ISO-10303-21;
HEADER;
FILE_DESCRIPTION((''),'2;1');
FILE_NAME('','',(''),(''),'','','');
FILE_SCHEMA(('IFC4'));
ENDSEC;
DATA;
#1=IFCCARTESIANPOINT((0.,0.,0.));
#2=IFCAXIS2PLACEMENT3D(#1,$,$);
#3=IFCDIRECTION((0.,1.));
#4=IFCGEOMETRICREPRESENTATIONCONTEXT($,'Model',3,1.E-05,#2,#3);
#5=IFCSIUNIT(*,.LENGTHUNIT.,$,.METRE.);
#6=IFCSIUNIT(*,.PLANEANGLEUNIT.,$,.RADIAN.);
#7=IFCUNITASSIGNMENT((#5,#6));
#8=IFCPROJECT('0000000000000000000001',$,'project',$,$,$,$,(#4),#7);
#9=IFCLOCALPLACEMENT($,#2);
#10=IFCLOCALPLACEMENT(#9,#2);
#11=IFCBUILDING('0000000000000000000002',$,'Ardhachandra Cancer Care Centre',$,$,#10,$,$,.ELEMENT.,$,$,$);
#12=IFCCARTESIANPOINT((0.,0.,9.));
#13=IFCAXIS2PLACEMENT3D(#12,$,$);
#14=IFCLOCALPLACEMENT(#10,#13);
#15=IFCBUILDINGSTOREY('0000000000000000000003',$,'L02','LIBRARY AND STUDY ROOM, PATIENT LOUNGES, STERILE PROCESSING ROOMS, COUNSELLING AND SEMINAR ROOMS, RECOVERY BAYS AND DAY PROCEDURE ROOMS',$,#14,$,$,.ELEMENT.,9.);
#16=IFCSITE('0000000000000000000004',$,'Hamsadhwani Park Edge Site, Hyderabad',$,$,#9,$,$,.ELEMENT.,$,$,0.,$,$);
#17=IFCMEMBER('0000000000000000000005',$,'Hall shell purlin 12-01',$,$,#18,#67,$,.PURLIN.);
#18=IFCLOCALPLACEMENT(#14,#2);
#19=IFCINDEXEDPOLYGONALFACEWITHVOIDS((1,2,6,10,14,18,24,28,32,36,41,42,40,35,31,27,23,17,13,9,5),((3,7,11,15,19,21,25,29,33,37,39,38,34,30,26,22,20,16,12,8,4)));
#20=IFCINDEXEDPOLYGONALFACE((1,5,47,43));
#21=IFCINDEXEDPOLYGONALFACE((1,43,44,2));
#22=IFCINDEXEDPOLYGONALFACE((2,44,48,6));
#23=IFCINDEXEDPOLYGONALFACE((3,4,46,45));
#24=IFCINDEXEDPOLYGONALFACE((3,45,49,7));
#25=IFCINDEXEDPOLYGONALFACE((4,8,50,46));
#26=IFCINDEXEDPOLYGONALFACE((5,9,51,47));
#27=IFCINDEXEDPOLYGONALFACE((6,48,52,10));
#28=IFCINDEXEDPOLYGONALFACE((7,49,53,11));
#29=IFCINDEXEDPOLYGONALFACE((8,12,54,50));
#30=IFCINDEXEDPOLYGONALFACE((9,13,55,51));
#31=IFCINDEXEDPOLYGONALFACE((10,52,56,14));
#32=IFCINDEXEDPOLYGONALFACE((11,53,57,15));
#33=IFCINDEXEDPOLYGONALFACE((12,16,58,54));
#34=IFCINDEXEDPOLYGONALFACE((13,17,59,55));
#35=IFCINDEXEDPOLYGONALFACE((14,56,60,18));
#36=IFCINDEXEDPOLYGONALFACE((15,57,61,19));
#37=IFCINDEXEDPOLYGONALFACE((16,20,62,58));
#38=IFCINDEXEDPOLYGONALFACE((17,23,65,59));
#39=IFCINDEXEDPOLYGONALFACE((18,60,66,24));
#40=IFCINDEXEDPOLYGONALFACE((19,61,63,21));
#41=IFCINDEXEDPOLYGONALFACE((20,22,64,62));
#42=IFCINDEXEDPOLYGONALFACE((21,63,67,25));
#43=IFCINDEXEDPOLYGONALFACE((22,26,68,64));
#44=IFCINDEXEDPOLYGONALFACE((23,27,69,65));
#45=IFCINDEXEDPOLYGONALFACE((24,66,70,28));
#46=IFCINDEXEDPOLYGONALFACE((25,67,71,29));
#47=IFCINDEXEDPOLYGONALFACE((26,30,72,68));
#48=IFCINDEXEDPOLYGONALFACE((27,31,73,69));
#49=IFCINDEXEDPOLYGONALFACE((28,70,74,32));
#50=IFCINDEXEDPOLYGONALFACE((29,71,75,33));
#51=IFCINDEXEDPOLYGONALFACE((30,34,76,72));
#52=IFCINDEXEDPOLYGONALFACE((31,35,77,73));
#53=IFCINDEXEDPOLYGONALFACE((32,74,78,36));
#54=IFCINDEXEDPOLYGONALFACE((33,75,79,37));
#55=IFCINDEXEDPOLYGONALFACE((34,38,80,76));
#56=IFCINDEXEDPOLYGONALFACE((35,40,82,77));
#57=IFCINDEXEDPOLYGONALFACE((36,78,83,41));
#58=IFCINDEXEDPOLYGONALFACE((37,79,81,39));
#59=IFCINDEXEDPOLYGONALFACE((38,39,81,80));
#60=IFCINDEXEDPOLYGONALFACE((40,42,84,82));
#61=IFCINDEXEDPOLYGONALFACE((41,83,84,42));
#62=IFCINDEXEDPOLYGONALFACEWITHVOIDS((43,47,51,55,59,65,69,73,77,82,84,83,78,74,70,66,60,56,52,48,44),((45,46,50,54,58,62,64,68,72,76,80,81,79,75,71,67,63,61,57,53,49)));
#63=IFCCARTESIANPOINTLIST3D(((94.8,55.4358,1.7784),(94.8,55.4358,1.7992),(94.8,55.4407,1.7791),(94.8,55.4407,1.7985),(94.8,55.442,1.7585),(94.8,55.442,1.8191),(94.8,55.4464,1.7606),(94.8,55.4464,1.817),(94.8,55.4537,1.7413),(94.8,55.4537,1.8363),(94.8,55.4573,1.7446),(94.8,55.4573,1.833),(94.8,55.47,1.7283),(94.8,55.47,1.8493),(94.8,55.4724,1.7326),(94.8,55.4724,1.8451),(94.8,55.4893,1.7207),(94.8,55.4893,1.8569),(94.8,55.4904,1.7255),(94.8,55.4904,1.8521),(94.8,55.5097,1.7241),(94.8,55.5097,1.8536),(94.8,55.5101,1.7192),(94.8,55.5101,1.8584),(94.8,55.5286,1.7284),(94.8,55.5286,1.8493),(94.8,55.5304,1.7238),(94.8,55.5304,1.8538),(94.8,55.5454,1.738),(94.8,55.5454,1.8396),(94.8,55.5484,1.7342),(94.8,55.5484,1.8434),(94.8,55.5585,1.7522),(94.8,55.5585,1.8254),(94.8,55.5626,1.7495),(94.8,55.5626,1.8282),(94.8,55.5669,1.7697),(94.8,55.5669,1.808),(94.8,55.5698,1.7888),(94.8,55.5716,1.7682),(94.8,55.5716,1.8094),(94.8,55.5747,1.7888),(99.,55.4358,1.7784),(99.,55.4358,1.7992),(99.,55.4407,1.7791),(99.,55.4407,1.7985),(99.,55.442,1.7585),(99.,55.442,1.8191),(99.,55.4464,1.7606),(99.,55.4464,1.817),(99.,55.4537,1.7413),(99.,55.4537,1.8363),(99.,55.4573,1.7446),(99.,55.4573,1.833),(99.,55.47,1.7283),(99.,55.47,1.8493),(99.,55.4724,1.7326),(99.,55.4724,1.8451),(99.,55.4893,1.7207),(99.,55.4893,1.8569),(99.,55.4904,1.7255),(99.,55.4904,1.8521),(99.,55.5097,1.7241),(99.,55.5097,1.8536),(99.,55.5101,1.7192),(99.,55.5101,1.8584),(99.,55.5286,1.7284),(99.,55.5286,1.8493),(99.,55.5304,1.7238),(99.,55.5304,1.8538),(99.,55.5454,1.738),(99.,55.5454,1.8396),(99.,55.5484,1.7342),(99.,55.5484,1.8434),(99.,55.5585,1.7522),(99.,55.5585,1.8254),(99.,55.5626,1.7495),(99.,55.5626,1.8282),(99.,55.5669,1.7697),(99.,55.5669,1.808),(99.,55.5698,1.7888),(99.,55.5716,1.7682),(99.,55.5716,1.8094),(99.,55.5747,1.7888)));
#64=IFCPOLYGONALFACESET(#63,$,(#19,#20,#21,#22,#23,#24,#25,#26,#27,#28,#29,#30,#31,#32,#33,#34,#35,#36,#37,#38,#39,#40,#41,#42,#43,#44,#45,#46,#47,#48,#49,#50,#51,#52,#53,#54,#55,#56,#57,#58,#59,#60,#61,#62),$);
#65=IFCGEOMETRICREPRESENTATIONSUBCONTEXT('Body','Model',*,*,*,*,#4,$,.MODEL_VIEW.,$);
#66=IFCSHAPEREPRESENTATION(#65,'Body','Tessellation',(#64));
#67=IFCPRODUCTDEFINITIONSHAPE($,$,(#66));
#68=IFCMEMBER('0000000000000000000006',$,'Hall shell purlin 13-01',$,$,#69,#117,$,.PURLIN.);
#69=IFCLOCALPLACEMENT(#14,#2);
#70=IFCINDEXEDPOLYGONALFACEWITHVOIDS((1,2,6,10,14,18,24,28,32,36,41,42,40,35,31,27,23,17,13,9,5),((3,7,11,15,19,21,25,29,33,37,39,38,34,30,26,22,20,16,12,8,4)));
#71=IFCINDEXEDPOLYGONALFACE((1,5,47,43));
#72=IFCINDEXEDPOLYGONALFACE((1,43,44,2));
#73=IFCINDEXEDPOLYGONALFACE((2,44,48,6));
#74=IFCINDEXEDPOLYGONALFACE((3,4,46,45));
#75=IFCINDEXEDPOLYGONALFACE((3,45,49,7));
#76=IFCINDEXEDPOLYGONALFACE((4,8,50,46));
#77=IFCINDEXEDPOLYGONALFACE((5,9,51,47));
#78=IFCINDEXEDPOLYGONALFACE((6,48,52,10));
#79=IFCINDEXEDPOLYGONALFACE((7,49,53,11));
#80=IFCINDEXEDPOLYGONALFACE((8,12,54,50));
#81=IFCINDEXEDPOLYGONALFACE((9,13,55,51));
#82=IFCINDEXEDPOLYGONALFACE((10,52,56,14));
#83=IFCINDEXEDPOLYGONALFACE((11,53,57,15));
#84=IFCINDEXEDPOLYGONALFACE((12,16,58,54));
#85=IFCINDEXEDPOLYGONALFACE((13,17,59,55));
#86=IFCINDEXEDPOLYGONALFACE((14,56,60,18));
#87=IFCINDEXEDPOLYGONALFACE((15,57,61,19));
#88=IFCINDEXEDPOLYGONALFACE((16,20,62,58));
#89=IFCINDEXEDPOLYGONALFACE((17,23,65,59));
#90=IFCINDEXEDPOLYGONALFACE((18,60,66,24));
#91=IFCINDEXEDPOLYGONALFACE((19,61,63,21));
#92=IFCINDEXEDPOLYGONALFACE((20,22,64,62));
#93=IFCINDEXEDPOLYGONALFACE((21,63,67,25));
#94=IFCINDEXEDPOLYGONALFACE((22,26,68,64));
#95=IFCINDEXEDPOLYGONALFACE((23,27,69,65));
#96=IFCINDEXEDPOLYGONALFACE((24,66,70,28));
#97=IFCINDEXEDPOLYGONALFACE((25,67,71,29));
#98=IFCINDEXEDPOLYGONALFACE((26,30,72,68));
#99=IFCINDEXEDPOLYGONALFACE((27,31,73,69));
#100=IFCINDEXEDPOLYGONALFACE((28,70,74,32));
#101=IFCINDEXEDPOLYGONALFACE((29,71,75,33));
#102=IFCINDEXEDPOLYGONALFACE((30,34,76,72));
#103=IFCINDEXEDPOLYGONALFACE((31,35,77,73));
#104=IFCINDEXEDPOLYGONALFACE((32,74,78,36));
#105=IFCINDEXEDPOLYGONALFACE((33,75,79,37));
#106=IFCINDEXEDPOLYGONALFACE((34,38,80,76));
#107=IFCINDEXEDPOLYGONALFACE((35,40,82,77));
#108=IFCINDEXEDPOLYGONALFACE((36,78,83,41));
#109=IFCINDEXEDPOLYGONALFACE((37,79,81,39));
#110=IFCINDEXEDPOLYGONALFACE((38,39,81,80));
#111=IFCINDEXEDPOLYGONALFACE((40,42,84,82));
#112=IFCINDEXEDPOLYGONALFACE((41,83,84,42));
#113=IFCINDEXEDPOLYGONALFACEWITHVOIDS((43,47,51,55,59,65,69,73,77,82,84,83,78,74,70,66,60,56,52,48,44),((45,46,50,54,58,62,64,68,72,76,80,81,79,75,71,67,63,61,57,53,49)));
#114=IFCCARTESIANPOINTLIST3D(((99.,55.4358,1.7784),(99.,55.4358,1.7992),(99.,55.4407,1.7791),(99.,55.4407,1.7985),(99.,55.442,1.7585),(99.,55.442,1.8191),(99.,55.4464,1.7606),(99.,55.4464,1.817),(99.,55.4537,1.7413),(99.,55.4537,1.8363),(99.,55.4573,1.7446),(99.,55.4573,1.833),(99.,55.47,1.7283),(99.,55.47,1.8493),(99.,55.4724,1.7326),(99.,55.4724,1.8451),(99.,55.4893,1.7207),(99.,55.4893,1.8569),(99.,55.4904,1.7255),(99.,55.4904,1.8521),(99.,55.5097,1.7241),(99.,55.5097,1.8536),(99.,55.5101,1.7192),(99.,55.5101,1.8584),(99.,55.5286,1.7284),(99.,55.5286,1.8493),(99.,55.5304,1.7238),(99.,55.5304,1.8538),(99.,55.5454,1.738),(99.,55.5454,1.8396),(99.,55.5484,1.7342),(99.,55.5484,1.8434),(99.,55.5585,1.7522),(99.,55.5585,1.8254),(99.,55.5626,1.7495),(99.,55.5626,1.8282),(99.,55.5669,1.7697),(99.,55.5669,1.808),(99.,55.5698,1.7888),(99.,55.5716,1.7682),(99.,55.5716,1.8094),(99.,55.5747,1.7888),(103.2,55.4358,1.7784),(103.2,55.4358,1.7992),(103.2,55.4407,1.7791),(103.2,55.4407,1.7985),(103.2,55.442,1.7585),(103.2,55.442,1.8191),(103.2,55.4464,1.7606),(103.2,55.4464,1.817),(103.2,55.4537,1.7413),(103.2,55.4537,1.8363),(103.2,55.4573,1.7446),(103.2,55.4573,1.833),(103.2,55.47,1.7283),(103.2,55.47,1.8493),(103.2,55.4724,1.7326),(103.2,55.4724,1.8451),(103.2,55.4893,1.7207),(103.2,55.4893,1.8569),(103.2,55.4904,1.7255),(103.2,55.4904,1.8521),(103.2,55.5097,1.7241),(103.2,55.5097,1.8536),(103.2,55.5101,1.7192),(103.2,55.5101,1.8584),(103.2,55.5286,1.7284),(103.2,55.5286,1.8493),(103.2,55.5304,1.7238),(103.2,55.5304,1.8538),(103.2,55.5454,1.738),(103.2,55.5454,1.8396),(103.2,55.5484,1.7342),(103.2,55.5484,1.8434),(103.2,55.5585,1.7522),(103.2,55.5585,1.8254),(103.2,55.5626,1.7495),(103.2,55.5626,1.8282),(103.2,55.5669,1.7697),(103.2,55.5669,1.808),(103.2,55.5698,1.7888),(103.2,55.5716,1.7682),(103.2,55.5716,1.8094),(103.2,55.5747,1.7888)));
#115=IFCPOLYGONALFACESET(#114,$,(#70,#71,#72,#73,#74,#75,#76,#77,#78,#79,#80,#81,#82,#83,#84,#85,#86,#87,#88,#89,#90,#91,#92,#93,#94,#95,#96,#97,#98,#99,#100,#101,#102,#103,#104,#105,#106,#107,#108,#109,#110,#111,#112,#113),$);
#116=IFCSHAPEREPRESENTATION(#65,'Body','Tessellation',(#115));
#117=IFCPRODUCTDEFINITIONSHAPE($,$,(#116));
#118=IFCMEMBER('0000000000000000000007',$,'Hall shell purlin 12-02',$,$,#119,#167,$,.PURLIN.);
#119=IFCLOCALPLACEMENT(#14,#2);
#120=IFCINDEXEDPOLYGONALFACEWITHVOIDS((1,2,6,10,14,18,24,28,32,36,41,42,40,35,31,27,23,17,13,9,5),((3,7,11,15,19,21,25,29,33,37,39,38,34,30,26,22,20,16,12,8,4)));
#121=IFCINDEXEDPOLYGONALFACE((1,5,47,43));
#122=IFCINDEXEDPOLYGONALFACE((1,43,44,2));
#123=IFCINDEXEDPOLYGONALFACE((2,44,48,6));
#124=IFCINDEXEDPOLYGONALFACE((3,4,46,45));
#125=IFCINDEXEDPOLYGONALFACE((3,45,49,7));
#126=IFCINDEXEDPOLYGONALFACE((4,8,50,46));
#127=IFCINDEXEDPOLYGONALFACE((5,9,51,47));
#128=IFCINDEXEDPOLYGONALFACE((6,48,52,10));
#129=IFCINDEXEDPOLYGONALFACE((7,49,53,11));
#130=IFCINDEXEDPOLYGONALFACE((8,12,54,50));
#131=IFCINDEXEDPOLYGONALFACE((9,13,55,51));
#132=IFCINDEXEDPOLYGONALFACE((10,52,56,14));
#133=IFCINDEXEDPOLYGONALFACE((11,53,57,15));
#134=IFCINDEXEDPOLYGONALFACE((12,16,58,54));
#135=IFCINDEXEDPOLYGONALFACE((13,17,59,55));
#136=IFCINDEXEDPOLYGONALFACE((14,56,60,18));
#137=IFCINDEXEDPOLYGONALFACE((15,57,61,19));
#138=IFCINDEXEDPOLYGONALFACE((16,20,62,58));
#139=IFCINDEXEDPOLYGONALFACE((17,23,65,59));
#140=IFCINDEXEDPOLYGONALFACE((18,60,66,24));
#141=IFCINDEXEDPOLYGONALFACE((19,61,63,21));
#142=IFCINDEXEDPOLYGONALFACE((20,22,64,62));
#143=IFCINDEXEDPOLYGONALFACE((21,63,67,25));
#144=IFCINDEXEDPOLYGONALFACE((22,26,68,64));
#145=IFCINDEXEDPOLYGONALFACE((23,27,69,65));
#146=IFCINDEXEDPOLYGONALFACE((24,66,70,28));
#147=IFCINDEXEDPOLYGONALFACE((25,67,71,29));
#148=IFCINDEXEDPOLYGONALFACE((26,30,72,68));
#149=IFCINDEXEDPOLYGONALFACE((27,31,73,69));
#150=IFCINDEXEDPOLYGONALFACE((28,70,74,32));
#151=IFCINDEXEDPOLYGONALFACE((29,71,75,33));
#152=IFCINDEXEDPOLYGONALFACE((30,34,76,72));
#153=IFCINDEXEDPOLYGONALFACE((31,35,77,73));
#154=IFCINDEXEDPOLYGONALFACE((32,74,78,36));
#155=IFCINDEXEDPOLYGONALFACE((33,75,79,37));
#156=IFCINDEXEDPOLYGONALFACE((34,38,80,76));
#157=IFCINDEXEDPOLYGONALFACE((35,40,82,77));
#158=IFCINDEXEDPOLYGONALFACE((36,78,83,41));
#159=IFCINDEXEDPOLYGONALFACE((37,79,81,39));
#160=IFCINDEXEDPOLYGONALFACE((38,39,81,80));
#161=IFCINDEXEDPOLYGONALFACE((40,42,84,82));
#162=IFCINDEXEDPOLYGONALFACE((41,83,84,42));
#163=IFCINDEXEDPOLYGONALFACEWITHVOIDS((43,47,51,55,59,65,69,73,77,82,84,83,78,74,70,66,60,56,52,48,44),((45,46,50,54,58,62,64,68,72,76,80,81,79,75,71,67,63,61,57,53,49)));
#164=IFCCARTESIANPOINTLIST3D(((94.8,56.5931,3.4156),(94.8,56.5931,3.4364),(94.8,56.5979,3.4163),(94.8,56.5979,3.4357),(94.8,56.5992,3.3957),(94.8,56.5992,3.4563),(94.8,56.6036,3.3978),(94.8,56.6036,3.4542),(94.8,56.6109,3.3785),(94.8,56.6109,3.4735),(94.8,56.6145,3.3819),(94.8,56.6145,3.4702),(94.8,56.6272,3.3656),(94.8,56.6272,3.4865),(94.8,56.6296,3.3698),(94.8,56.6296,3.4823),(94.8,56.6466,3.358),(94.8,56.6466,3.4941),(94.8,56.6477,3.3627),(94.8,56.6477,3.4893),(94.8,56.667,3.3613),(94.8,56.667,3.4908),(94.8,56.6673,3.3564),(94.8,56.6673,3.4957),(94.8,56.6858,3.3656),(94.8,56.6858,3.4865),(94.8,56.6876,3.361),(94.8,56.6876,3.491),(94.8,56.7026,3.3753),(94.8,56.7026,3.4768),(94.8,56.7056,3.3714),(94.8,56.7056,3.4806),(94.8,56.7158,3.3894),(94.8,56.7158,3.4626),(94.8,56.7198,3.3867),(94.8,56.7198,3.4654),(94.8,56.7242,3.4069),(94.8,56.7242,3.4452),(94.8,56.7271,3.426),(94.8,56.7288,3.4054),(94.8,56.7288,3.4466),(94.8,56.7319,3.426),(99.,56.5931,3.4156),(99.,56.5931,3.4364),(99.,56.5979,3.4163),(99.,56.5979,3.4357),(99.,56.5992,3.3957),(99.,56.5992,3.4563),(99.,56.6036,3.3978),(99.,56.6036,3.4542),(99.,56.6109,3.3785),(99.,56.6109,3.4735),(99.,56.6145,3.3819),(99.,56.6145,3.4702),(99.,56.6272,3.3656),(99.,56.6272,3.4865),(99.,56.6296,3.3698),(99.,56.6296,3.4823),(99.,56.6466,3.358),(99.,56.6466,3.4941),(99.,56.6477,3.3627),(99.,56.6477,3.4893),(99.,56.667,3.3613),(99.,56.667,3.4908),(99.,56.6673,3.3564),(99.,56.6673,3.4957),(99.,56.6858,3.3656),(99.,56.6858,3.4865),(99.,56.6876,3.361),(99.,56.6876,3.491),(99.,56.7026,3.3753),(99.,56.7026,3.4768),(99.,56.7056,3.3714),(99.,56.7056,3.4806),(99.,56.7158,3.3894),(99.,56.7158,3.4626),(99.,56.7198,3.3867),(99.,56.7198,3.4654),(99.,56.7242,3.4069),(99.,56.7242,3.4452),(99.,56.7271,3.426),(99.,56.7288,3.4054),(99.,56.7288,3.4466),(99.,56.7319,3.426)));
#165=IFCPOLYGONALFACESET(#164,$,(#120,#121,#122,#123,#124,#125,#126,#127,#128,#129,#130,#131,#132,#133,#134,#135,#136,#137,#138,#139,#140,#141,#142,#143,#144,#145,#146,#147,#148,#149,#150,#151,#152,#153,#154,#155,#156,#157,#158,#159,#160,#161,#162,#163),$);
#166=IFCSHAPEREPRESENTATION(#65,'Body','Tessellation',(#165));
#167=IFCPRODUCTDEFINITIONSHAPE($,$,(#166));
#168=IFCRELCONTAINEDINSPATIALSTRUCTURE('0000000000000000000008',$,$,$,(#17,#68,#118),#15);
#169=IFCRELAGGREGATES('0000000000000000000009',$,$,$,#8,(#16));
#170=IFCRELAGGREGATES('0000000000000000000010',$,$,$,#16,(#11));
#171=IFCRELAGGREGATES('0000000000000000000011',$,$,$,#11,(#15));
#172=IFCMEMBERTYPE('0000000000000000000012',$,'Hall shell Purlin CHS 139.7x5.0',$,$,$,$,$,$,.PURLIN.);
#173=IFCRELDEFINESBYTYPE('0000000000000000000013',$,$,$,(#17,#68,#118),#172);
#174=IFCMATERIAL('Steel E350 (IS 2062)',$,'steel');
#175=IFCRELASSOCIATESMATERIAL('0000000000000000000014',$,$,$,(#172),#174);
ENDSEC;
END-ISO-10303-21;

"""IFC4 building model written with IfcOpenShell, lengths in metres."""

from ifc_helpers import new_model, si_unit, direction, frame, origin, origin_2d, place, context, subcontext, project, spatial, hollow_circle, extrude, material, material_profile, profile_set, type_object, element, save


model = new_model("IFC4")

# Units and contexts
model_context = context("Model", 3, precision=1e-05, world=origin(), true_north=direction((0.0, 1.0)))
body_context = subcontext(model_context, "Body", "Model", "MODEL_VIEW")
ifc_project = project(units=[si_unit("LENGTHUNIT", "METRE"), si_unit("PLANEANGLEUNIT", "RADIAN")], contexts=[model_context])

# Site, building, storey
site_placement = place(None, origin())
site = spatial("IfcSite", under=ifc_project, at=site_placement, Name="Hamsadhwani Park Edge Site, Hyderabad", CompositionType="ELEMENT", RefElevation=0.0)
building_placement = place(site_placement, origin())
building = spatial("IfcBuilding", under=site, at=building_placement, Name="Ardhachandra Cancer Care Centre", CompositionType="ELEMENT")
storey_placement = place(building_placement, frame((0.0, 0.0, 9.0)))
storey = spatial("IfcBuildingStorey", under=building, at=storey_placement, Name="L02", Description="LIBRARY AND STUDY ROOM, PATIENT LOUNGES, STERILE PROCESSING ROOMS, COUNSELLING AND SEMINAR ROOMS, RECOVERY BAYS AND DAY PROCEDURE ROOMS", CompositionType="ELEMENT", Elevation=9.0)

# Members
ifc_material_1 = material(Name="Steel E350 (IS 2062)", Category="steel")
ifc_material_profile_1 = material_profile(ifc_material_1, hollow_circle(Radius=0.0698, WallThickness=0.0049, at=origin_2d()), Name="CHS 139.7x5.0")
ifc_profile_set_1 = profile_set([ifc_material_profile_1], Name="Steel E350 (IS 2062)")
member_type_1 = type_object("IfcMemberType", Name="Hall shell Purlin CHS 139.7x5.0", PredefinedType="PURLIN", material=ifc_profile_set_1)
for number, where, z_axis, x_axis, name in (
    (1, (94.8, 55.5049, 1.7888), (1.0, 0.0, 0.0), (0.0, 1.0, 0.0), "Hall shell purlin 12-01"),
    (2, (99.0, 55.5049, 1.7888), (1.0, 0.0, 0.0), (0.0, 1.0, 0.0), "Hall shell purlin 13-01"),
    (3, (94.8, 56.6621, 3.426), (1.0, 0.0, 0.0), (0.0, 1.0, 0.0), "Hall shell purlin 12-02"),
):
    element("IfcMember", number, at=place(storey_placement, frame(where, z_axis=z_axis, x_axis=x_axis)), inside=storey, type_object=member_type_1, Name=name, PredefinedType="PURLIN", context=body_context, shape_type="SweptSolid", body=[
        extrude(hollow_circle(Radius=0.0698, WallThickness=0.0049, at=origin_2d()), origin(), (0.0, 0.0, 1.0), 4.2),
    ])

save(model, "model.ifc")
